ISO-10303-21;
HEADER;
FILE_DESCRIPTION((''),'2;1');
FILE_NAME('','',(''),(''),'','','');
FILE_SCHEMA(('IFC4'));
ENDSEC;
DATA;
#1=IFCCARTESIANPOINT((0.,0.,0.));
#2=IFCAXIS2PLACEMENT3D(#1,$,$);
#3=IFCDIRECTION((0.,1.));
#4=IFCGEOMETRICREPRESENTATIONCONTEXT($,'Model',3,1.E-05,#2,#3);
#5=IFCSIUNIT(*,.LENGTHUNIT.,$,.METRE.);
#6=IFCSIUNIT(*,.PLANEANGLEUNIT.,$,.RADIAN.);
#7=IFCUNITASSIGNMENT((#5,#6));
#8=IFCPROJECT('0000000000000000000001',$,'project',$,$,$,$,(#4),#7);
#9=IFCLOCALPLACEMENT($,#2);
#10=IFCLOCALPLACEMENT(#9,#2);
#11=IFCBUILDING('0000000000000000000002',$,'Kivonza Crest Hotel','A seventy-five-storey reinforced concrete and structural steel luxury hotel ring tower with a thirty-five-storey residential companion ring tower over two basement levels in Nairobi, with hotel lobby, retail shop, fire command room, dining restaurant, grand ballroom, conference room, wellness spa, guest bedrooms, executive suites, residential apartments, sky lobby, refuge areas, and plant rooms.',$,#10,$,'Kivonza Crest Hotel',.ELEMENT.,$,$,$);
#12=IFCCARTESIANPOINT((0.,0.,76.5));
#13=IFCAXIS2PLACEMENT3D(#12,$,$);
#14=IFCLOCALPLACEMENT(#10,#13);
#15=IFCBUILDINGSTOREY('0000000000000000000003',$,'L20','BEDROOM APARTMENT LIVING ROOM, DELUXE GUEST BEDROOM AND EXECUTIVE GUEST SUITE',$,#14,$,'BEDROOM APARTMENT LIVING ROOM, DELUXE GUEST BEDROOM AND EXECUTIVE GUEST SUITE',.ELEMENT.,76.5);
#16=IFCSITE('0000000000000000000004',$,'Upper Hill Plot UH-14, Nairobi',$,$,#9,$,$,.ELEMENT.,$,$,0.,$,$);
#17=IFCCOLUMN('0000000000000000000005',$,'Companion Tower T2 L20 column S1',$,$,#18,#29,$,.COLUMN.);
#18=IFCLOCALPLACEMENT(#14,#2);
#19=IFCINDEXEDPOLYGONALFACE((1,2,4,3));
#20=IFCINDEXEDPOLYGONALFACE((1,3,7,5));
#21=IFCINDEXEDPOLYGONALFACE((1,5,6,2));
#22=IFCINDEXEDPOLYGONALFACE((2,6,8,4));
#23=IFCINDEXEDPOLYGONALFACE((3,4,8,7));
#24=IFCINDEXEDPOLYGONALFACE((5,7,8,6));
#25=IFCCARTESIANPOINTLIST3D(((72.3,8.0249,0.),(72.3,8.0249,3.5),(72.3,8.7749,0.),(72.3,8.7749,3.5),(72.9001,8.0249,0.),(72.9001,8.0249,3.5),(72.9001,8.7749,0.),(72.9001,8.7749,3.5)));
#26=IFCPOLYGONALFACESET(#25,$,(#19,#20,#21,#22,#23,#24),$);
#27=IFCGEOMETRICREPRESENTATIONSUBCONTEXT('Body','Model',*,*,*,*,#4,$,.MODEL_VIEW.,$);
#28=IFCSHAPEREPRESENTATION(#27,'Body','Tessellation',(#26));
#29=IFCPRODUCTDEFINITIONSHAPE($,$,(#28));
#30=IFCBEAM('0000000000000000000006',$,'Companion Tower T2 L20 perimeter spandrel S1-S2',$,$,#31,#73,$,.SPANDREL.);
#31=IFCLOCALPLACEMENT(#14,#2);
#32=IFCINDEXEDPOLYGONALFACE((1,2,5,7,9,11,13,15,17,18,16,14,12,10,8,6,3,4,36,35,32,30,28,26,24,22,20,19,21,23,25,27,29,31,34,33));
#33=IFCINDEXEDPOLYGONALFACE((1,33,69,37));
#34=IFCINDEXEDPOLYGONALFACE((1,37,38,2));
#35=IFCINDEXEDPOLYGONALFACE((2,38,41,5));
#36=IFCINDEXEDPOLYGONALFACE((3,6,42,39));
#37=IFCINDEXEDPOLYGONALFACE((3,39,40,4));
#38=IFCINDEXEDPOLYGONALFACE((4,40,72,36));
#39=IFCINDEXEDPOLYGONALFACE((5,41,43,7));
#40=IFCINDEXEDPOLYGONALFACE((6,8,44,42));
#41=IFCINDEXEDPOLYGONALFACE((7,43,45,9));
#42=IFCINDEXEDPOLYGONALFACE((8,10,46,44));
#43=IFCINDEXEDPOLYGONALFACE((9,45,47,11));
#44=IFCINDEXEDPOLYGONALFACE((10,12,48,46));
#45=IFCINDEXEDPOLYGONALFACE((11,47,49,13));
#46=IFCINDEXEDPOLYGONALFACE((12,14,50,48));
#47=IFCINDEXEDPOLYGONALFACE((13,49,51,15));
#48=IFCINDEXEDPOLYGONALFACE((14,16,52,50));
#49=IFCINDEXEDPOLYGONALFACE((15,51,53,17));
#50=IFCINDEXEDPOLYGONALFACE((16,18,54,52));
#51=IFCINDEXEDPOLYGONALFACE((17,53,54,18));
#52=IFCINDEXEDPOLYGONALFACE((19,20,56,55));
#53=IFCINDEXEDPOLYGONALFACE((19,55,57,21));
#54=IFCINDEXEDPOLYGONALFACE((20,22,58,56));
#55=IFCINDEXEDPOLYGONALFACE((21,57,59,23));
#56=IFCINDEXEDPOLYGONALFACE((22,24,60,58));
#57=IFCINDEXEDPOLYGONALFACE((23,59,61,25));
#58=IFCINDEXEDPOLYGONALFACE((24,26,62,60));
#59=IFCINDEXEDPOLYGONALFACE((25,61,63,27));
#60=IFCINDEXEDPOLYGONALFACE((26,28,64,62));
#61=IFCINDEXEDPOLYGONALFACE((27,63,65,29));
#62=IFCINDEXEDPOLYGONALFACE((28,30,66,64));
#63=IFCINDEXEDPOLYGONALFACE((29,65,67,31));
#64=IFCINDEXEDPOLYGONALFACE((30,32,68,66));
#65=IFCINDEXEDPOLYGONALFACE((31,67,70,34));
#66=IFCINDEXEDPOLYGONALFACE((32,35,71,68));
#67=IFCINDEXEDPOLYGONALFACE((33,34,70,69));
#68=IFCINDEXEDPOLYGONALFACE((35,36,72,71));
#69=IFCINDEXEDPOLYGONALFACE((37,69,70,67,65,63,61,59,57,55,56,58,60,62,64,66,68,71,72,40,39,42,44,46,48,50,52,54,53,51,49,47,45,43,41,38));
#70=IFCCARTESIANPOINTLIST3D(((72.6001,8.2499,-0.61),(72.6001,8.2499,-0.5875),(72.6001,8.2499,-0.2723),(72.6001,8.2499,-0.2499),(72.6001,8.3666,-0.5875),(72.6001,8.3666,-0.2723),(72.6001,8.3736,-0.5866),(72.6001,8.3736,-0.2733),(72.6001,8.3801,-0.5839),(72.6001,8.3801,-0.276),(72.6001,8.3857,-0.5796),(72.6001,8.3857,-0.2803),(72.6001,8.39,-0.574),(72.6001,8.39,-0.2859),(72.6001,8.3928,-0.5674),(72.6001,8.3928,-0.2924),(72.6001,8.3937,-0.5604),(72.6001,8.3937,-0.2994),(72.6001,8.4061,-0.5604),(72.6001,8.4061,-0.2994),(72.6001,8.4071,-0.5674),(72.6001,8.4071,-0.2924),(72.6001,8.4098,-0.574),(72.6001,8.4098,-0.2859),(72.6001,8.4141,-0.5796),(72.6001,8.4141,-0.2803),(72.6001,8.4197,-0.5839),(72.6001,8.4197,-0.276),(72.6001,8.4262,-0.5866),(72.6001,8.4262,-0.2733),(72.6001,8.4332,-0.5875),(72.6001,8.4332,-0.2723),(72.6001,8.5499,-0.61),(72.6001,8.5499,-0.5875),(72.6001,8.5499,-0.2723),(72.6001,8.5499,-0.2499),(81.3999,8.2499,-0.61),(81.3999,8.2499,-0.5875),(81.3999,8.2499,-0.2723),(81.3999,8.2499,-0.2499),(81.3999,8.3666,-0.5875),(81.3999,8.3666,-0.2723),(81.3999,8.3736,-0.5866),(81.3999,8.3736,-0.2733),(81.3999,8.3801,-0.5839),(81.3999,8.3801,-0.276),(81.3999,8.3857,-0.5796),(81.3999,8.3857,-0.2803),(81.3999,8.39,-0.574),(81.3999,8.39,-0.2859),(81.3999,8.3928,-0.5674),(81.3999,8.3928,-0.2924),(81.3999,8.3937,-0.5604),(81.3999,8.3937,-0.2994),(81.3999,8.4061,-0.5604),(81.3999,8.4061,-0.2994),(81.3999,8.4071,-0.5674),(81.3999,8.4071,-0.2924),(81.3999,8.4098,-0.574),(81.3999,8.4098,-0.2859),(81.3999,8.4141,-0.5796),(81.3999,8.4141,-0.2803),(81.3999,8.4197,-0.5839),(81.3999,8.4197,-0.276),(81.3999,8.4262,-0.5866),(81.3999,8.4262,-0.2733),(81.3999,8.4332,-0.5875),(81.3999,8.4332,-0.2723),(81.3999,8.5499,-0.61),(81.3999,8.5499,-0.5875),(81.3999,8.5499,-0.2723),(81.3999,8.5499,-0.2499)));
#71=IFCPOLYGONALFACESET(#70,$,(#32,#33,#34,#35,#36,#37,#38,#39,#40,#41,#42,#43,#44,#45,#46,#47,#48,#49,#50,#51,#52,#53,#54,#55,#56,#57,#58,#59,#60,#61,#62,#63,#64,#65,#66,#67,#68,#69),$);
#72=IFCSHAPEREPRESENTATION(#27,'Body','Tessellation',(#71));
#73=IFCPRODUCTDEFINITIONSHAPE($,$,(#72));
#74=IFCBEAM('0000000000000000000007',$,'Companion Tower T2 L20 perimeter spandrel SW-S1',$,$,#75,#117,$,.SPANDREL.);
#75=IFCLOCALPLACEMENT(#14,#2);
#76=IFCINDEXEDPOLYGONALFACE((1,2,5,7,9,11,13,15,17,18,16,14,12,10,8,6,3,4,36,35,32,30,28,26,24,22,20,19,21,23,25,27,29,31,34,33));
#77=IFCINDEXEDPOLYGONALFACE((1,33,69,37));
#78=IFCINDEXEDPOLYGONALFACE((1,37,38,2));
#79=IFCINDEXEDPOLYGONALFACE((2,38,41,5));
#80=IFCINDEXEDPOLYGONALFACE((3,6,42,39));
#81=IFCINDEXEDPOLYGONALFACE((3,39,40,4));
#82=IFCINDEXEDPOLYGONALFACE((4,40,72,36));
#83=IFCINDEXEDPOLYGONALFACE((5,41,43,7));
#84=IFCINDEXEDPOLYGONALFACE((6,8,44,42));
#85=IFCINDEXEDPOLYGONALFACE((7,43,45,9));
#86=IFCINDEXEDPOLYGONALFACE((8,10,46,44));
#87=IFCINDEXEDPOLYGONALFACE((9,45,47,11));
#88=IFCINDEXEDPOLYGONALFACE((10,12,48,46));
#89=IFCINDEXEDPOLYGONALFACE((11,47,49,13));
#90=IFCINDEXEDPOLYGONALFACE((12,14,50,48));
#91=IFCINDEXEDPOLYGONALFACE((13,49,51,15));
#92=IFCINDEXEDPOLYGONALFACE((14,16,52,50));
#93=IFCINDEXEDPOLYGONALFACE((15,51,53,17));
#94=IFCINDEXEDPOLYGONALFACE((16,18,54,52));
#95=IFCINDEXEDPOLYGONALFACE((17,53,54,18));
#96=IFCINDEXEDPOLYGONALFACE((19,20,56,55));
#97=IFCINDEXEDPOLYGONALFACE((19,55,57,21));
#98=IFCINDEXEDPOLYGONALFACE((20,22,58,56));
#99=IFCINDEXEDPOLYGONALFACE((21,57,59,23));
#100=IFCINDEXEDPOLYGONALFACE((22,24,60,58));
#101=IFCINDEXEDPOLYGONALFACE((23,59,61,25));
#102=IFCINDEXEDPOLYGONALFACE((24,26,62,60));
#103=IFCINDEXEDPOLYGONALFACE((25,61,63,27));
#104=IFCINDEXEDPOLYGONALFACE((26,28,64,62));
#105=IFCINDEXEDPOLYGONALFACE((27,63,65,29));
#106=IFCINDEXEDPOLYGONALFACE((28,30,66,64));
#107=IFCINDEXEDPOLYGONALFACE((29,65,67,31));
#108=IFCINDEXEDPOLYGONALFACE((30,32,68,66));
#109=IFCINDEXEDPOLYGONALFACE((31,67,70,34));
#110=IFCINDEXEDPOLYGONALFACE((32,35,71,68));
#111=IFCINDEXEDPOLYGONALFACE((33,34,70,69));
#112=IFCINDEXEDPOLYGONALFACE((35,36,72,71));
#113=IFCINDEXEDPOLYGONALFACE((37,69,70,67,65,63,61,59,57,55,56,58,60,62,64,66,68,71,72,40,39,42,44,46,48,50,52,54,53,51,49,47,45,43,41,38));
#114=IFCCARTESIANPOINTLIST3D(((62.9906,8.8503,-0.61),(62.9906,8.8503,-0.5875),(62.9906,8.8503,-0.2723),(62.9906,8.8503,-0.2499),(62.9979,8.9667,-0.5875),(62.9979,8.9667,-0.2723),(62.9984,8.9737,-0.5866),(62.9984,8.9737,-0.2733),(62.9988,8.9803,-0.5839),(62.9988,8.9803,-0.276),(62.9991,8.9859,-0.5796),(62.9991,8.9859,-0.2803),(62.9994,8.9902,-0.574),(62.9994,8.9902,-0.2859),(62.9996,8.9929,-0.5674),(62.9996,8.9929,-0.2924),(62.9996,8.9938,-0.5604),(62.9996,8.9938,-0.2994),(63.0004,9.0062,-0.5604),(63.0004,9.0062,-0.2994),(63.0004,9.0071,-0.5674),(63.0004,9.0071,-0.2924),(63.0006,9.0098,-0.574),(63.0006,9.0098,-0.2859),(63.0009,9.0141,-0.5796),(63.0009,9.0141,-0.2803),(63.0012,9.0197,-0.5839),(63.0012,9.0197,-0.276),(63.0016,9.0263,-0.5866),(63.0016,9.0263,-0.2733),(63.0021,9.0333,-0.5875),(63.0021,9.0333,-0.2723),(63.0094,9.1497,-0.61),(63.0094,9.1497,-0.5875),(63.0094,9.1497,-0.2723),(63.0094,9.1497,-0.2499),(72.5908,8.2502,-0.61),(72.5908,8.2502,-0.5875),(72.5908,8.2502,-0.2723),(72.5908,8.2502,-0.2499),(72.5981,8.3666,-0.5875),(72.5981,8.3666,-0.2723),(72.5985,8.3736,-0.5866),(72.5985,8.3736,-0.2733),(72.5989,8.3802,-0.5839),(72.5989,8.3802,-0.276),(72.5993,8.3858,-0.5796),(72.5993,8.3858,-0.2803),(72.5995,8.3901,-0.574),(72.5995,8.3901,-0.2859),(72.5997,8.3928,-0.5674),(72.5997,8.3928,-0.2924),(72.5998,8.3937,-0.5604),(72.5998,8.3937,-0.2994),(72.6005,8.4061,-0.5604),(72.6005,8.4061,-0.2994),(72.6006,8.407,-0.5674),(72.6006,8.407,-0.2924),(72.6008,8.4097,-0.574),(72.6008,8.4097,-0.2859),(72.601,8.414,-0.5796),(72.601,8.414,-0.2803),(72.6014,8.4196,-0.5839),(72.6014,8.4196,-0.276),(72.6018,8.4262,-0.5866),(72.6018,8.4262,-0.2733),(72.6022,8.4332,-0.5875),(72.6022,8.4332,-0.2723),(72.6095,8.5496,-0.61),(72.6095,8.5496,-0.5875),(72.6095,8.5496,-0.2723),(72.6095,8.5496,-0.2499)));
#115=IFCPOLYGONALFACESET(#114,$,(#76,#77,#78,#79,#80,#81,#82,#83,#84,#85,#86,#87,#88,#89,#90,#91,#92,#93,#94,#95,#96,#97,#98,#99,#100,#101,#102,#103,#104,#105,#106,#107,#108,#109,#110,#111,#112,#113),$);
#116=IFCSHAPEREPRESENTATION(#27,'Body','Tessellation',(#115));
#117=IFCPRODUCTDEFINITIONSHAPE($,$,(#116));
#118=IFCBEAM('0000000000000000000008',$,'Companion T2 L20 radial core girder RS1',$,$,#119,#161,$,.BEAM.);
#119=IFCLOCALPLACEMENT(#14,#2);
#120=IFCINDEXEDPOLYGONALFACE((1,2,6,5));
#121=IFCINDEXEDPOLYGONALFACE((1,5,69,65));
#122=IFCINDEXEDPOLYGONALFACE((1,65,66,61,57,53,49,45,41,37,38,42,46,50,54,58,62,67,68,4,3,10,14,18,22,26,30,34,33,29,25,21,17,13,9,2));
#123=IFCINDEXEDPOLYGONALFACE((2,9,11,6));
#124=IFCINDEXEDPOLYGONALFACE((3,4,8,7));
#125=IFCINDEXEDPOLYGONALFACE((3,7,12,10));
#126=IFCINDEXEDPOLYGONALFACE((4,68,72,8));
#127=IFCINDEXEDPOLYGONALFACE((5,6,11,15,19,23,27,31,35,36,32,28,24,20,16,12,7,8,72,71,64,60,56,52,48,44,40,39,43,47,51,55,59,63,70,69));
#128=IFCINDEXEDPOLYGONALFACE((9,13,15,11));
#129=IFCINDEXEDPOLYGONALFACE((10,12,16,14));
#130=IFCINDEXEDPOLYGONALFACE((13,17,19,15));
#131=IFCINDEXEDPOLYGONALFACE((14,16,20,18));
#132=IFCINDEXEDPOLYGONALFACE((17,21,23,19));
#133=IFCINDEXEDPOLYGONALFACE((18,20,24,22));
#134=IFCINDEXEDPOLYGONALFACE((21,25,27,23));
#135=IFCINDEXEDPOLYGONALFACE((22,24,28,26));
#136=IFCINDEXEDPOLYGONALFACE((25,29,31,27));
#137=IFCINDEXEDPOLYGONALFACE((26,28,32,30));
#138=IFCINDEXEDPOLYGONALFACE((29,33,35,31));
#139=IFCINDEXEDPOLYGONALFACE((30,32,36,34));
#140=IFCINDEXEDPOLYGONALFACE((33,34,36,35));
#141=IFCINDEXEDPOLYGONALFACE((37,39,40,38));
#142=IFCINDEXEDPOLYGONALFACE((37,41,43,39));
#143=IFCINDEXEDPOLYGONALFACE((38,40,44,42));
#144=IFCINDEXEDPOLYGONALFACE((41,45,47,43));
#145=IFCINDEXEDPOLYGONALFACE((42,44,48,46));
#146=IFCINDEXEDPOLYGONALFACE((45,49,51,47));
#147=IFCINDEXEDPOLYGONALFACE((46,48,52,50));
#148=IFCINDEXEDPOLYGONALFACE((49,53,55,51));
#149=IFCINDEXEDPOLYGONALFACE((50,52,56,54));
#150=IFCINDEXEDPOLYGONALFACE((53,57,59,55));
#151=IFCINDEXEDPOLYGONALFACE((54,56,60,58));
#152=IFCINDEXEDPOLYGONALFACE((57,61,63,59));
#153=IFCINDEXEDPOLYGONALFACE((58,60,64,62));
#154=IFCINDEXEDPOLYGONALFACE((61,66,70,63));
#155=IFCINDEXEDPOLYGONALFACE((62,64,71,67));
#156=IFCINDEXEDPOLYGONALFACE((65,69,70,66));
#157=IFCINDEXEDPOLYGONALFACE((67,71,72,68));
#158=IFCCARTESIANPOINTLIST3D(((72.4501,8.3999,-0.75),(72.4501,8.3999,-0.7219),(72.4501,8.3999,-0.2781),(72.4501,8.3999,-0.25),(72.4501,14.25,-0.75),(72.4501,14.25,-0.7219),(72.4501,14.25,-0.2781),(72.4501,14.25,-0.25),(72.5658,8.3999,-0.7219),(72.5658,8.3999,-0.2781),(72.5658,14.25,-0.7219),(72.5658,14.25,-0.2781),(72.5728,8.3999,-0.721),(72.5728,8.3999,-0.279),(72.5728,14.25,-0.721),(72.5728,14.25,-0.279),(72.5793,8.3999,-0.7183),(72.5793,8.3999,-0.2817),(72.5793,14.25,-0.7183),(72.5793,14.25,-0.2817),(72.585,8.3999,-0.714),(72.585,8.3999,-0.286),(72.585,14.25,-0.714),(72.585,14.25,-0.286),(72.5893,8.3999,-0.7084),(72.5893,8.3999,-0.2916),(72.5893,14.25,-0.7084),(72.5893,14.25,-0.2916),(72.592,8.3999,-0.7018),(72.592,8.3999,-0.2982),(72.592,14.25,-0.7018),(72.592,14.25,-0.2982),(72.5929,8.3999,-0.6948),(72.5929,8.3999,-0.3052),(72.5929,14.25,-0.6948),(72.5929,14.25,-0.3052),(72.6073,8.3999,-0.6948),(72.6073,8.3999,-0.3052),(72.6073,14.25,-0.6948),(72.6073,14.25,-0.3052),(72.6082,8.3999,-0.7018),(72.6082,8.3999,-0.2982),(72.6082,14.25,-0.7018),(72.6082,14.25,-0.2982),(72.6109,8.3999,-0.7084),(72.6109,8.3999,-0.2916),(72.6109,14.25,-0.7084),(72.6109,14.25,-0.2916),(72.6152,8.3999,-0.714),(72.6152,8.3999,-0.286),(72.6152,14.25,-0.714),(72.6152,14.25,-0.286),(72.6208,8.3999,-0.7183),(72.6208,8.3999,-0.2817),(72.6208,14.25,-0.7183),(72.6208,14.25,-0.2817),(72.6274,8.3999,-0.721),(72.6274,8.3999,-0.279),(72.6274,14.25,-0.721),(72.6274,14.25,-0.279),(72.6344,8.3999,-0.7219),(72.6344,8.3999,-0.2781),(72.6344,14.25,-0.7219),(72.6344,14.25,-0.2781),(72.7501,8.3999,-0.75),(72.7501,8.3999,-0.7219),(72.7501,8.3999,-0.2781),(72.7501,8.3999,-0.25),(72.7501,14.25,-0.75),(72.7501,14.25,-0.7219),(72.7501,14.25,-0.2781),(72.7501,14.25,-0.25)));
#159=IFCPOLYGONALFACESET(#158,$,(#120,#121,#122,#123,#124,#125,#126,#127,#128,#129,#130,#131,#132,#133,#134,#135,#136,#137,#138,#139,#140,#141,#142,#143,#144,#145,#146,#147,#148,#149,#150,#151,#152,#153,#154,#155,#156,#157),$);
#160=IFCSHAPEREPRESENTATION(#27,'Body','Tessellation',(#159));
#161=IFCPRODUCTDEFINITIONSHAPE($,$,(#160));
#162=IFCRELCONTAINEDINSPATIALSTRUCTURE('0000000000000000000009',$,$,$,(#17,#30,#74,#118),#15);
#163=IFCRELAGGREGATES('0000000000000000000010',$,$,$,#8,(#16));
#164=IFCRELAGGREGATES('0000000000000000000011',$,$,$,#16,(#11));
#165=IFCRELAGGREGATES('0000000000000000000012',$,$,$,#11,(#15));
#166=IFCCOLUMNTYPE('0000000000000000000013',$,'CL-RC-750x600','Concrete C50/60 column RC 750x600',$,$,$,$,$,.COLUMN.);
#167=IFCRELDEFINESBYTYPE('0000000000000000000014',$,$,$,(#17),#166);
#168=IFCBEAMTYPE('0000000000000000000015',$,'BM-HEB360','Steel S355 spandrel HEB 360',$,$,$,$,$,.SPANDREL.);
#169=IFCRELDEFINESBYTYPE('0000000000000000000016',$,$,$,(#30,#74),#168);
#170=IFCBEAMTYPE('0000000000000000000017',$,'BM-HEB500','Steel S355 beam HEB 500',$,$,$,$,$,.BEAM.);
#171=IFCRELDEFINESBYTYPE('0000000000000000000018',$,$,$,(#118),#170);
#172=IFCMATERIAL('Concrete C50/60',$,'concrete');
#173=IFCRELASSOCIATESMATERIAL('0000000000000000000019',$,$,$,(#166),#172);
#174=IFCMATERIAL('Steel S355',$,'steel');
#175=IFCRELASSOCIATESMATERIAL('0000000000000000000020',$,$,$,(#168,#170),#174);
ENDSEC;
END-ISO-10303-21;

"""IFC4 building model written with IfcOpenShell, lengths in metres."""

from ifc_helpers import new_model, si_unit, direction, frame, origin, origin_2d, place, context, subcontext, project, spatial, rectangle, i_section, extrude, material, material_profile, profile_set, type_object, element, save


model = new_model("IFC4")

# Units and contexts
model_context = context("Model", 3, precision=1e-05, world=origin(), true_north=direction((0.0, 1.0)))
body_context = subcontext(model_context, "Body", "Model", "MODEL_VIEW")
ifc_project = project(units=[si_unit("LENGTHUNIT", "METRE"), si_unit("PLANEANGLEUNIT", "RADIAN")], contexts=[model_context])

# Site, building, storey
site_placement = place(None, origin())
site = spatial("IfcSite", under=ifc_project, at=site_placement, Name="Upper Hill Plot UH-14, Nairobi", CompositionType="ELEMENT", RefElevation=0.0)
building_placement = place(site_placement, origin())
building = spatial("IfcBuilding", under=site, at=building_placement, Name="Kivonza Crest Hotel", Description="A seventy-five-storey reinforced concrete and structural steel luxury hotel ring tower with a thirty-five-storey residential companion ring tower over two basement levels in Nairobi, with hotel lobby, retail shop, fire command room, dining restaurant, grand ballroom, conference room, wellness spa, guest bedrooms, executive suites, residential apartments, sky lobby, refuge areas, and plant rooms.", LongName="Kivonza Crest Hotel", CompositionType="ELEMENT")
storey_placement = place(building_placement, frame((0.0, 0.0, 76.5)))
storey = spatial("IfcBuildingStorey", under=building, at=storey_placement, Name="L20", Description="BEDROOM APARTMENT LIVING ROOM, DELUXE GUEST BEDROOM AND EXECUTIVE GUEST SUITE", LongName="BEDROOM APARTMENT LIVING ROOM, DELUXE GUEST BEDROOM AND EXECUTIVE GUEST SUITE", CompositionType="ELEMENT", Elevation=76.5)

# Column
ifc_material_1 = material(Name="Concrete C50/60", Category="concrete")
ifc_material_profile_1 = material_profile(ifc_material_1, rectangle(XDim=0.6001, YDim=0.75, at=origin_2d()), Name="RC 750x600")
ifc_profile_set_1 = profile_set([ifc_material_profile_1], Name="Concrete C50/60")
column_type = type_object("IfcColumnType", Name="CL-RC-750x600", Description="Concrete C50/60 column RC 750x600", PredefinedType="COLUMN", material=ifc_profile_set_1)
column_placement = place(storey_placement, frame((72.6001, 8.3999, 0.0), z_axis=(0.0, 0.0, 1.0), x_axis=(1.0, 0.0, 0.0)))
element("IfcColumn", 1, at=column_placement, inside=storey, type_object=column_type, Name="Companion Tower T2 L20 column S1", PredefinedType="COLUMN", context=body_context, shape_type="SweptSolid", body=[
    extrude(rectangle(XDim=0.6001, YDim=0.75, at=origin_2d()), origin(), (0.0, 0.0, 1.0), 3.5),
])

# Beams
ifc_material_2 = material(Name="Steel S355", Category="steel")
ifc_material_profile_2 = material_profile(ifc_material_2, i_section(OverallWidth=0.3, OverallDepth=0.3601, WebThickness=0.0125, FlangeThickness=0.0225, FilletRadius=0.0271, at=origin_2d()), Name="HEB 360")
ifc_profile_set_2 = profile_set([ifc_material_profile_2], Name="Steel S355")
beam_type_1 = type_object("IfcBeamType", Name="BM-HEB360", Description="Steel S355 spandrel HEB 360", PredefinedType="SPANDREL", material=ifc_profile_set_2)
beam_1_placement = place(storey_placement, frame((72.6001, 8.3999, -0.4299), z_axis=(1.0, 0.0, 0.0), x_axis=(0.0, 1.0, 0.0)))
element("IfcBeam", 2, at=beam_1_placement, inside=storey, type_object=beam_type_1, Name="Companion Tower T2 L20 perimeter spandrel S1-S2", PredefinedType="SPANDREL", context=body_context, shape_type="SweptSolid", body=[
    extrude(i_section(OverallWidth=0.3, OverallDepth=0.3601, WebThickness=0.0125, FlangeThickness=0.0225, FilletRadius=0.0271, at=origin_2d()), origin(), (0.0, 0.0, 1.0), 8.7998),
])
beam_2_placement = place(storey_placement, frame((63.0, 9.0, -0.4299), z_axis=(0.998052, -0.062388, 0.0), x_axis=(0.062388, 0.998052, 0.0)))
element("IfcBeam", 3, at=beam_2_placement, inside=storey, type_object=beam_type_1, Name="Companion Tower T2 L20 perimeter spandrel SW-S1", PredefinedType="SPANDREL", context=body_context, shape_type="SweptSolid", body=[
    extrude(i_section(OverallWidth=0.3, OverallDepth=0.3601, WebThickness=0.0125, FlangeThickness=0.0225, FilletRadius=0.0271, at=origin_2d()), origin(), (0.0, 0.0, 1.0), 9.6189),
])
ifc_material_profile_3 = material_profile(ifc_material_2, i_section(OverallWidth=0.3, OverallDepth=0.5, WebThickness=0.0144, FlangeThickness=0.0281, FilletRadius=0.0271, at=origin_2d()), Name="HEB 500")
ifc_profile_set_3 = profile_set([ifc_material_profile_3], Name="Steel S355")
beam_type_2 = type_object("IfcBeamType", Name="BM-HEB500", Description="Steel S355 beam HEB 500", PredefinedType="BEAM", material=ifc_profile_set_3)
beam_3_placement = place(storey_placement, frame((72.6001, 8.3999, -0.5), z_axis=(0.0, 1.0, 0.0), x_axis=(-1.0, 0.0, 0.0)))
element("IfcBeam", 4, at=beam_3_placement, inside=storey, type_object=beam_type_2, Name="Companion T2 L20 radial core girder RS1", PredefinedType="BEAM", context=body_context, shape_type="SweptSolid", body=[
    extrude(i_section(OverallWidth=0.3, OverallDepth=0.5, WebThickness=0.0144, FlangeThickness=0.0281, FilletRadius=0.0271, at=origin_2d()), origin(), (0.0, 0.0, 1.0), 5.8501),
])

save(model, "model.ifc")
